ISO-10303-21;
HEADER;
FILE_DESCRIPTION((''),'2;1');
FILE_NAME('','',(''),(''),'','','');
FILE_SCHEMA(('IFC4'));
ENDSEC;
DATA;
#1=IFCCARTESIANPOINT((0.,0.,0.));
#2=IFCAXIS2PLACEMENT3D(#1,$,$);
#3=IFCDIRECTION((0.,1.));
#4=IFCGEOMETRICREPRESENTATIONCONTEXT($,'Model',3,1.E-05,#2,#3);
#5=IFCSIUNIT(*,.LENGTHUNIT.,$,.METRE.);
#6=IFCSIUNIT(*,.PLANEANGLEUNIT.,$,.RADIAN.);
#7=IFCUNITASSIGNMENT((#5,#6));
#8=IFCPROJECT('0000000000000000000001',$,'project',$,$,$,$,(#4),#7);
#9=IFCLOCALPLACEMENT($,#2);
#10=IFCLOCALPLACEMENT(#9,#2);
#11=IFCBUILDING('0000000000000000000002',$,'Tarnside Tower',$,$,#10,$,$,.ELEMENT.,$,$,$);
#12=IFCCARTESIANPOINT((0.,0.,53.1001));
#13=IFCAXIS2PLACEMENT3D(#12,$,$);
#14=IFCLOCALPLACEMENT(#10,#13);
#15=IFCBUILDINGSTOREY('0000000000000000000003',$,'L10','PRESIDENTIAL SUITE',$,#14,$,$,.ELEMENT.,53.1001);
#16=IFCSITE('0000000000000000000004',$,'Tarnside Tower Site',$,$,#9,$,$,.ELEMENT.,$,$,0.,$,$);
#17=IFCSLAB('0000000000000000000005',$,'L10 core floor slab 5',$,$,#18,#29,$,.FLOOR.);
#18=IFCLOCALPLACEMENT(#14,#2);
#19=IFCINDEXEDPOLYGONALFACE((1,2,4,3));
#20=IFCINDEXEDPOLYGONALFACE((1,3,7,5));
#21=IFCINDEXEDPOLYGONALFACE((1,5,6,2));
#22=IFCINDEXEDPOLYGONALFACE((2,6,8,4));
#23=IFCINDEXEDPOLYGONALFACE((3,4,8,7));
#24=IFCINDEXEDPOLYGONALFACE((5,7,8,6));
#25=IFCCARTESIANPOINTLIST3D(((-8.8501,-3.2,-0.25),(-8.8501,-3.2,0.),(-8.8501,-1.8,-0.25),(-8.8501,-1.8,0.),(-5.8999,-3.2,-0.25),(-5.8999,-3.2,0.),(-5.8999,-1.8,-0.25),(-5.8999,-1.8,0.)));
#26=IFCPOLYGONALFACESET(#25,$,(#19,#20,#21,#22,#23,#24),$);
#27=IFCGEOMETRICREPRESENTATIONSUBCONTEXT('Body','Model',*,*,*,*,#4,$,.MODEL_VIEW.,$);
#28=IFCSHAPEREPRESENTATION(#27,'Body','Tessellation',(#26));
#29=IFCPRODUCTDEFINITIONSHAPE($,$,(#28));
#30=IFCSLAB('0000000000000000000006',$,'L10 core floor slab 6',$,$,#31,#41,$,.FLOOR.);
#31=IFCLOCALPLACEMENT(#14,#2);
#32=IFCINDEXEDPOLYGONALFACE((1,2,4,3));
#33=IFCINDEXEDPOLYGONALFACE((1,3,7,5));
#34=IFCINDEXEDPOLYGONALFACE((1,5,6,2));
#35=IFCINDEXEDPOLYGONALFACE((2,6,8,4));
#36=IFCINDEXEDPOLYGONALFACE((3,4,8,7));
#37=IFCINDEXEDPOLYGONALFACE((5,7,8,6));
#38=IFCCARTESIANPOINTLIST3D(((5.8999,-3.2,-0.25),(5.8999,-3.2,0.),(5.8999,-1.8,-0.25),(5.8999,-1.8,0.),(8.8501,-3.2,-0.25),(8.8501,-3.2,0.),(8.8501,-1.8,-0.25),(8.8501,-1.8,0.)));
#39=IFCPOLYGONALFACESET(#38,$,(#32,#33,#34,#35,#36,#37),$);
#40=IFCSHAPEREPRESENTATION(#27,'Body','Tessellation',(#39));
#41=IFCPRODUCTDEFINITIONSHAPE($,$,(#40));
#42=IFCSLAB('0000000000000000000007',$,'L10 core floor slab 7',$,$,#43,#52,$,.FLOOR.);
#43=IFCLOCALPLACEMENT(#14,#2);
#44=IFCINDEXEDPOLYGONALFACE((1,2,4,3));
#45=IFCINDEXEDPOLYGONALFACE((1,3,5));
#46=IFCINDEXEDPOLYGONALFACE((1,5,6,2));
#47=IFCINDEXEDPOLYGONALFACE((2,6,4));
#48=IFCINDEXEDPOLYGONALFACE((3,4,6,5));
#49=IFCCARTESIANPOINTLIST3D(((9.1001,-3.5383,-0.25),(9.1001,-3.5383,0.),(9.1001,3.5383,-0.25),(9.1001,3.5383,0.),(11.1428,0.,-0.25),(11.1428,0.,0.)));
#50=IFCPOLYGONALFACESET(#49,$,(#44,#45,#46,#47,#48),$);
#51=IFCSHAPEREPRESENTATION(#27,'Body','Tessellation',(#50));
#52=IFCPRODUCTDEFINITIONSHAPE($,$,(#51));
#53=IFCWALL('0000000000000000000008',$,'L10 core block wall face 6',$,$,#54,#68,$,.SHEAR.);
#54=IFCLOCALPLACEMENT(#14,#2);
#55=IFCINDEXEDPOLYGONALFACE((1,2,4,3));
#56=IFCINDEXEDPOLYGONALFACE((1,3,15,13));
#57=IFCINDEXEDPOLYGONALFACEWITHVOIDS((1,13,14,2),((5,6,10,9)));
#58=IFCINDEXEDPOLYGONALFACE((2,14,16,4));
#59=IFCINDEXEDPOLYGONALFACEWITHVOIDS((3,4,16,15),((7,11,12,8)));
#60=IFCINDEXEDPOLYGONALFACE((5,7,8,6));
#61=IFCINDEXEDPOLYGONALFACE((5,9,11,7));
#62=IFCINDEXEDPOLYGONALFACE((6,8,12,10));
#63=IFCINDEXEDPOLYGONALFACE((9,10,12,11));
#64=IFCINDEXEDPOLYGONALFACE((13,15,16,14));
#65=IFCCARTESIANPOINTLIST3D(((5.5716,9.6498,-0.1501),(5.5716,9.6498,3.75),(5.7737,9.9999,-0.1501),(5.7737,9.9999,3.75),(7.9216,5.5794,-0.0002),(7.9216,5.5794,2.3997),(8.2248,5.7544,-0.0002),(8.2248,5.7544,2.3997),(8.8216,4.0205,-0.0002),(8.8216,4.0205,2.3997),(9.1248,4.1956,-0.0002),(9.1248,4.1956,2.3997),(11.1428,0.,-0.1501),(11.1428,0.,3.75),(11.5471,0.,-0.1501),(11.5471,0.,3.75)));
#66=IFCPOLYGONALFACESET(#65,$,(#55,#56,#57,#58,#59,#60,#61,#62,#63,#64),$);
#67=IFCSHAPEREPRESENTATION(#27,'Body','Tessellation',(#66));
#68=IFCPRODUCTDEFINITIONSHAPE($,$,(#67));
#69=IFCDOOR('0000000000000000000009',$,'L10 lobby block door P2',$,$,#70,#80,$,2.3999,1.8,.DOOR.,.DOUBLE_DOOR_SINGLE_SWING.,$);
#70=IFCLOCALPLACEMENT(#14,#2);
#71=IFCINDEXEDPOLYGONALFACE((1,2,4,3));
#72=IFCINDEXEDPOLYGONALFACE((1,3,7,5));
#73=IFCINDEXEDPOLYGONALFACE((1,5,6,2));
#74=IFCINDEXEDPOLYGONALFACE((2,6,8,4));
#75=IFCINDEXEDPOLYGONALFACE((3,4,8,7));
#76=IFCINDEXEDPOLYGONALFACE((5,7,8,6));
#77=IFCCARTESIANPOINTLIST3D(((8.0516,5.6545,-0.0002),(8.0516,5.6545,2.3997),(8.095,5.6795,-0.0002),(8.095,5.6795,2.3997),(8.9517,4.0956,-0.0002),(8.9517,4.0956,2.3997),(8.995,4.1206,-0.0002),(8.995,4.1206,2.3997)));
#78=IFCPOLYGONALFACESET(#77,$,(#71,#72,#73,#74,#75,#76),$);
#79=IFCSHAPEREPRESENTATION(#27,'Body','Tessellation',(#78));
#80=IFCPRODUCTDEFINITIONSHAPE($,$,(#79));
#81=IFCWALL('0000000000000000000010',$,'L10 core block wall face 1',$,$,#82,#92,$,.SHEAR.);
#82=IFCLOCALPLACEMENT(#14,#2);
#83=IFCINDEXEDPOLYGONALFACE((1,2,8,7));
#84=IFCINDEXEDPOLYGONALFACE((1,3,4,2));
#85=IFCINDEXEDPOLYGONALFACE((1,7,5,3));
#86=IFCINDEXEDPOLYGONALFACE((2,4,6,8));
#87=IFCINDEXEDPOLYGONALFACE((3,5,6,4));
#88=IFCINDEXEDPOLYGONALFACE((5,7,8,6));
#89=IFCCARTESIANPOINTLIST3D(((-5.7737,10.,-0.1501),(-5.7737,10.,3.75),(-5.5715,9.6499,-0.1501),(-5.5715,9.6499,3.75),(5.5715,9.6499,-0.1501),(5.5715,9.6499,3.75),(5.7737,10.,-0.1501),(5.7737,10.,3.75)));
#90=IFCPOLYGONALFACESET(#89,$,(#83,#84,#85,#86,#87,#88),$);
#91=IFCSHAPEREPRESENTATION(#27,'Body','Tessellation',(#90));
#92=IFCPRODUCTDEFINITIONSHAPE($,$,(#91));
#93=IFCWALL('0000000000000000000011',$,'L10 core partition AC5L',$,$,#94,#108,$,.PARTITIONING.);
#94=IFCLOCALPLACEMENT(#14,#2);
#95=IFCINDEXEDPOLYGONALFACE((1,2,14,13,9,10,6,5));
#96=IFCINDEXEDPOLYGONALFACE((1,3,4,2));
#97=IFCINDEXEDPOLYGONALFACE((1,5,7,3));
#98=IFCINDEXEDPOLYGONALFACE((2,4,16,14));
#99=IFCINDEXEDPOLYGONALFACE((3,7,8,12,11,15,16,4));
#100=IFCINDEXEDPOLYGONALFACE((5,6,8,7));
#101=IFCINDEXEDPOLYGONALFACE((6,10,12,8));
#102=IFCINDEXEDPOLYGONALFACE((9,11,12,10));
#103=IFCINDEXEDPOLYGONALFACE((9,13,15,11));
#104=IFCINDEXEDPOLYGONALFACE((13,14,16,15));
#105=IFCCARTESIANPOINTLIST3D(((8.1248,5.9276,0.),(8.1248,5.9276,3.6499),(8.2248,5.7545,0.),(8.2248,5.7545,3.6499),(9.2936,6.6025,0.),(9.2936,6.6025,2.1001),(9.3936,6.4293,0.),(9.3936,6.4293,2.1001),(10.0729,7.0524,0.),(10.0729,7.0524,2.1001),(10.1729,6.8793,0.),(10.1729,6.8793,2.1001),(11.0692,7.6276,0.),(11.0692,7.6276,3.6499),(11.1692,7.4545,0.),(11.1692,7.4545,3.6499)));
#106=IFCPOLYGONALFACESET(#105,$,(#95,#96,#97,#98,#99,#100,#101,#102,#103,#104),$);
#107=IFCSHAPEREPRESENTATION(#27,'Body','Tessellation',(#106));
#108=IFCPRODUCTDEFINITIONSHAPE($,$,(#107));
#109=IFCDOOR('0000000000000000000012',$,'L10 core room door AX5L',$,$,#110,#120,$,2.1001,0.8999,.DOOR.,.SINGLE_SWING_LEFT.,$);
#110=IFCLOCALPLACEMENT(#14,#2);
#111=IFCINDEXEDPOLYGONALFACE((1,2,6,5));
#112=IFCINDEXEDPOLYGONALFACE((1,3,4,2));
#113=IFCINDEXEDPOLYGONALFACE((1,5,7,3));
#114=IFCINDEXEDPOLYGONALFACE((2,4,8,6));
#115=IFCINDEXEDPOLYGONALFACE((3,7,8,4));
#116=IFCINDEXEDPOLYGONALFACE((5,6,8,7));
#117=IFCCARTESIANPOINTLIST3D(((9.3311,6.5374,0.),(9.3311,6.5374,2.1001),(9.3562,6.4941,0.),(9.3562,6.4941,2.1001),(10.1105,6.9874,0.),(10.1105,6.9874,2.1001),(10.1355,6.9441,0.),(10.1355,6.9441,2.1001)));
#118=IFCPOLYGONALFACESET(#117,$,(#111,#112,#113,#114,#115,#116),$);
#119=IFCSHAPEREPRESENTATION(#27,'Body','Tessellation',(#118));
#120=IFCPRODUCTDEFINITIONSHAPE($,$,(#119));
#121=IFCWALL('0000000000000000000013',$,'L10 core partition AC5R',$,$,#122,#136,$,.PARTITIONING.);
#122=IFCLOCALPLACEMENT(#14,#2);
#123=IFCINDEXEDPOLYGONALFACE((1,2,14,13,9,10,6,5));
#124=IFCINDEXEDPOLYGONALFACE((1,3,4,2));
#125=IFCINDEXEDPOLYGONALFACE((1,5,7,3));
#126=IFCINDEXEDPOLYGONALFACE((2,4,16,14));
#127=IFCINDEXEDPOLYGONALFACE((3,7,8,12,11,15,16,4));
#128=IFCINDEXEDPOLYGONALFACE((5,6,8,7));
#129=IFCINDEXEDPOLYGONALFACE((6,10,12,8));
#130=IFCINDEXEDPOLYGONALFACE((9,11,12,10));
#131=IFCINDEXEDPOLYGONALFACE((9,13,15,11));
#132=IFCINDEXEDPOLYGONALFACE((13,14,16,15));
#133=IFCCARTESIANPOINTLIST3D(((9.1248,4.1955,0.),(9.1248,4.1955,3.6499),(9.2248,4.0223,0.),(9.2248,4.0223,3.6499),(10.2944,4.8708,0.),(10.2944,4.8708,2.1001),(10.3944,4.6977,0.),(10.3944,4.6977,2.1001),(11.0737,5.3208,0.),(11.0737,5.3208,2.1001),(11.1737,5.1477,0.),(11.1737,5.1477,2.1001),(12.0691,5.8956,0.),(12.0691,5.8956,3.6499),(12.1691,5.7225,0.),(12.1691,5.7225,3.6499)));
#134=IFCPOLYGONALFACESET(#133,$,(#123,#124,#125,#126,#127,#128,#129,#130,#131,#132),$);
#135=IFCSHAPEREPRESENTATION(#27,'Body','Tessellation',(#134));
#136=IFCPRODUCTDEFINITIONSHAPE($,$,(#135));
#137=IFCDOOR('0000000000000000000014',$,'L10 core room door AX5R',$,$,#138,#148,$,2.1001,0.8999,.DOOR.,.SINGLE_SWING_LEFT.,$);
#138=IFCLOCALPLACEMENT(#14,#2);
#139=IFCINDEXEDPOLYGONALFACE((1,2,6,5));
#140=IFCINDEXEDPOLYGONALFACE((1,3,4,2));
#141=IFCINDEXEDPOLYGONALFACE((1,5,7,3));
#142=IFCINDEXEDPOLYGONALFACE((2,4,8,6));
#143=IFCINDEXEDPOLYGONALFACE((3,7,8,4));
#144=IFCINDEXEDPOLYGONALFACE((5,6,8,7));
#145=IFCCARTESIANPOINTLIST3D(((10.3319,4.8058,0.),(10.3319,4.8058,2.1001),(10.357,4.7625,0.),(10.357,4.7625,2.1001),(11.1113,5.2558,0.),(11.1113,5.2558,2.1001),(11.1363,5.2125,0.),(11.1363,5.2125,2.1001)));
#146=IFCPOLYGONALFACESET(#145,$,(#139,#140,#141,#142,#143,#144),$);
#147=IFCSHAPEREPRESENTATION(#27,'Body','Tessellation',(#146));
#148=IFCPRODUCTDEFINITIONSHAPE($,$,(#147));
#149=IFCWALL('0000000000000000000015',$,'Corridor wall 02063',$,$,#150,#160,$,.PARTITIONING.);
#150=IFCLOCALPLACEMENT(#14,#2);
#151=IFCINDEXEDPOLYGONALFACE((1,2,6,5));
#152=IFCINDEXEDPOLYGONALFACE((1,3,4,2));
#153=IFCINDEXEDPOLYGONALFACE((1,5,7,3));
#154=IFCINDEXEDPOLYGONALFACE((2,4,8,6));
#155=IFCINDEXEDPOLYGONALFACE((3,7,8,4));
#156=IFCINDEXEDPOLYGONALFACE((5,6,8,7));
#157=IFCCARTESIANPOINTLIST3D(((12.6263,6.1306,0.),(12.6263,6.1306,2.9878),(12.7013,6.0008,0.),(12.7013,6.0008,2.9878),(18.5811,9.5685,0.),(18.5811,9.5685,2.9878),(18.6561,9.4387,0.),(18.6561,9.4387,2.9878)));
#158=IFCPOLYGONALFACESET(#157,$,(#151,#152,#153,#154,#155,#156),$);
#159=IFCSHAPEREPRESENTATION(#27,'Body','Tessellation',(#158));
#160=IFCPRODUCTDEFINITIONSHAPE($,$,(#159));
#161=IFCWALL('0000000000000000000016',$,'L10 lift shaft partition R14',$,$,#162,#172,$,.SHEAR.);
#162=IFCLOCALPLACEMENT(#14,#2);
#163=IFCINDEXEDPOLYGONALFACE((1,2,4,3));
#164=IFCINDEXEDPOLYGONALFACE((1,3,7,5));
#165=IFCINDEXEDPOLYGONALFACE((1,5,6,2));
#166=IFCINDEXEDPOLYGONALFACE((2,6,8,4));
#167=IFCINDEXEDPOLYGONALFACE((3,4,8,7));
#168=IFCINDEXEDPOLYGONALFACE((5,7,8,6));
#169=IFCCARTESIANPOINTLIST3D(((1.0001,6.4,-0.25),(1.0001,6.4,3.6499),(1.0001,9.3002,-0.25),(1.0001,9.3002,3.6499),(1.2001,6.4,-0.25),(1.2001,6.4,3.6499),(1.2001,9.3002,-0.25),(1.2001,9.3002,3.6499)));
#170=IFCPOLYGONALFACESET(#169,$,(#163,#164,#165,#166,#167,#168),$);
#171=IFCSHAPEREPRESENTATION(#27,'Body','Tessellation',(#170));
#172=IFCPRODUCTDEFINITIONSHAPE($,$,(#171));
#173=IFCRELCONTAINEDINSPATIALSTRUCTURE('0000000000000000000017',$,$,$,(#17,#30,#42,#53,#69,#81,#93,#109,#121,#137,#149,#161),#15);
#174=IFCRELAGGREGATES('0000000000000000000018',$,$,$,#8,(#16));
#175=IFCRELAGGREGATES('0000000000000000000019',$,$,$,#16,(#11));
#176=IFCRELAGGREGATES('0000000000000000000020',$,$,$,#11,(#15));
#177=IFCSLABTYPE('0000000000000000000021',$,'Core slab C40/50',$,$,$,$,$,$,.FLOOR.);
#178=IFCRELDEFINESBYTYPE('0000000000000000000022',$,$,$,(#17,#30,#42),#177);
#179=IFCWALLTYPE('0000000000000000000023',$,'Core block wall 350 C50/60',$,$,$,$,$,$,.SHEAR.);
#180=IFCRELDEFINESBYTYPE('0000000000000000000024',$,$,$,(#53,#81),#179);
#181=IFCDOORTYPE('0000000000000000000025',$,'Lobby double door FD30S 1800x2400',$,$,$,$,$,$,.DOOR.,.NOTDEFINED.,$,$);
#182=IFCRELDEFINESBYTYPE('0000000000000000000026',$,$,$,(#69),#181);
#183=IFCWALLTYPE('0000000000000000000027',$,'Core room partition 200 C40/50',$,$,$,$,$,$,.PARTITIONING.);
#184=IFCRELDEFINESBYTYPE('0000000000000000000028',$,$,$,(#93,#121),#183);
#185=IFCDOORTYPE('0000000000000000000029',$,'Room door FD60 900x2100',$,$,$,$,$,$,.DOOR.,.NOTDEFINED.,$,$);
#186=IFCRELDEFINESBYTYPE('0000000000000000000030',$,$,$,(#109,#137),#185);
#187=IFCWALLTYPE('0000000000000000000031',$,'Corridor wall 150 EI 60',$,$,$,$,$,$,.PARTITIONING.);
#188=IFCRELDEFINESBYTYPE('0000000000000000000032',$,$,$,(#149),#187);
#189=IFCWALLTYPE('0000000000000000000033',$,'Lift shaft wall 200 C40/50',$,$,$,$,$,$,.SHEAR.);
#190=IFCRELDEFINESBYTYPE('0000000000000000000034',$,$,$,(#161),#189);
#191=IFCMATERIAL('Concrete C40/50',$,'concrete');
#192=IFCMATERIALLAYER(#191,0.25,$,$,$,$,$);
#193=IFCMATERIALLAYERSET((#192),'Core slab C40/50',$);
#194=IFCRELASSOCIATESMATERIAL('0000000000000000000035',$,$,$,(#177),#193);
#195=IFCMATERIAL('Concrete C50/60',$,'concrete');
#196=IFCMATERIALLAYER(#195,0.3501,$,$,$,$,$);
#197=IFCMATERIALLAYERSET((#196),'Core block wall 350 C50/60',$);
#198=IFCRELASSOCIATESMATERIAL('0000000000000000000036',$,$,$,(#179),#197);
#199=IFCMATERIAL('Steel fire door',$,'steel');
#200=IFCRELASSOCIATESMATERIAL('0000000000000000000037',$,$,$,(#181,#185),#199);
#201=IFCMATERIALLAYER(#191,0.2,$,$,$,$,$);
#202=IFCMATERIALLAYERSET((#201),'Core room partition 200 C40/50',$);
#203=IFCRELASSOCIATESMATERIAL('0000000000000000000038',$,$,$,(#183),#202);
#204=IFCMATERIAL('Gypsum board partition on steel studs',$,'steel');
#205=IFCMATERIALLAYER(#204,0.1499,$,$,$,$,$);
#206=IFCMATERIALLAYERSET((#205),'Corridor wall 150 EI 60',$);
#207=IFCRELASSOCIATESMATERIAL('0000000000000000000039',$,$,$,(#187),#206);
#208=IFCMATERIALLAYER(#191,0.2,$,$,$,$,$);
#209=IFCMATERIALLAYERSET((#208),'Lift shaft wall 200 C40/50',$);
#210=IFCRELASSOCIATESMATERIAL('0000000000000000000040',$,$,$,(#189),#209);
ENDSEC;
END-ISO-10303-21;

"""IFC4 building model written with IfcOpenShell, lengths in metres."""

from ifc_helpers import new_model, si_unit, direction, frame, frame_2d, origin, place, context, subcontext, project, spatial, polyline, rectangle, outline, extrude, material, layer, layer_set, type_object, element, fill, save


model = new_model("IFC4")

# Units and contexts
model_context = context("Model", 3, precision=1e-05, world=origin(), true_north=direction((0.0, 1.0)))
body_context = subcontext(model_context, "Body", "Model", "MODEL_VIEW")
ifc_project = project(units=[si_unit("LENGTHUNIT", "METRE"), si_unit("PLANEANGLEUNIT", "RADIAN")], contexts=[model_context])

# Site, building, storey
site_placement = place(None, origin())
site = spatial("IfcSite", under=ifc_project, at=site_placement, Name="Tarnside Tower Site", CompositionType="ELEMENT", RefElevation=0.0)
building_placement = place(site_placement, origin())
building = spatial("IfcBuilding", under=site, at=building_placement, Name="Tarnside Tower", CompositionType="ELEMENT")
storey_placement = place(building_placement, frame((0.0, 0.0, 53.1001)))
storey = spatial("IfcBuildingStorey", under=building, at=storey_placement, Name="L10", Description="PRESIDENTIAL SUITE", CompositionType="ELEMENT", Elevation=53.1001)

# Slabs
ifc_material_1 = material(Name="Concrete C40/50", Category="concrete")
ifc_layer_1 = layer(ifc_material_1, 0.25)
ifc_layer_set_1 = layer_set([ifc_layer_1], Name="Core slab C40/50")
slab_type = type_object("IfcSlabType", Name="Core slab C40/50", PredefinedType="FLOOR", material=ifc_layer_set_1)
slab_1_placement = place(storey_placement, frame((0.0, 0.0, -0.25)))
element("IfcSlab", 1, at=slab_1_placement, inside=storey, type_object=slab_type, Name="L10 core floor slab 5", PredefinedType="FLOOR", context=body_context, shape_type="SweptSolid", body=[
    extrude(outline(polyline([(-8.8501, -1.8), (-5.8999, -1.8), (-5.8999, -3.2), (-8.8501, -3.2), (-8.8501, -1.8)])), origin(), (0.0, 0.0, 1.0), 0.25),
])
slab_2_placement = place(storey_placement, frame((0.0, 0.0, -0.25)))
element("IfcSlab", 2, at=slab_2_placement, inside=storey, type_object=slab_type, Name="L10 core floor slab 6", PredefinedType="FLOOR", context=body_context, shape_type="SweptSolid", body=[
    extrude(outline(polyline([(5.8999, -3.2), (5.8999, -1.8), (8.8501, -1.8), (8.8501, -3.2), (5.8999, -3.2)])), origin(), (0.0, 0.0, 1.0), 0.25),
])
slab_3_placement = place(storey_placement, frame((0.0, 0.0, -0.25)))
element("IfcSlab", 3, at=slab_3_placement, inside=storey, type_object=slab_type, Name="L10 core floor slab 7", PredefinedType="FLOOR", context=body_context, shape_type="SweptSolid", body=[
    extrude(outline(polyline([(9.1001, -3.5383), (9.1001, 3.5383), (11.1428, 0.0), (9.1001, -3.5383)])), origin(), (0.0, 0.0, 1.0), 0.25),
])

# Wall, opening, door
ifc_material_2 = material(Name="Concrete C50/60", Category="concrete")
ifc_layer_2 = layer(ifc_material_2, 0.3501)
ifc_layer_set_2 = layer_set([ifc_layer_2], Name="Core block wall 350 C50/60")
wall_type_1 = type_object("IfcWallType", Name="Core block wall 350 C50/60", PredefinedType="SHEAR", material=ifc_layer_set_2)
wall_1_placement = place(storey_placement, frame((11.345, 0.0, -0.1501), z_axis=(0.0, 0.0, 1.0), x_axis=(-0.499995, 0.866028, 0.0)))
wall_1 = element("IfcWall", 4, at=wall_1_placement, inside=storey, type_object=wall_type_1, Name="L10 core block wall face 6", PredefinedType="SHEAR", context=body_context, shape_type="SweptSolid", body=[
    extrude(outline(polyline([(-0.1011, -0.175), (11.4458, -0.175), (11.2437, 0.175), (0.1011, 0.175), (-0.1011, -0.175)])), origin(), (0.0, 0.0, 1.0), 3.9001),
])
opening_1_placement = place(wall_1_placement, frame((4.7437, 0.0, 0.1499)))
opening_1 = element("IfcOpeningElement", 5, at=opening_1_placement, cuts=wall_1, PredefinedType="OPENING", context=body_context, shape_type="SweptSolid", body=[
    extrude(rectangle(XDim=1.8, YDim=2.3999, at=frame_2d((0.8999, 1.2))), frame((0.0, 0.1851, 0.0), z_axis=(0.0, -1.0, 0.0), x_axis=(1.0, 0.0, 0.0)), (0.0, 0.0, 1.0), 0.3701),
])
ifc_material_3 = material(Name="Steel fire door", Category="steel")
door_type_1 = type_object("IfcDoorType", Name="Lobby double door FD30S 1800x2400", OperationType="NOTDEFINED", PredefinedType="DOOR", material=ifc_material_3)
door_1_placement = place(opening_1_placement, origin())
door_1 = element("IfcDoor", 6, at=door_1_placement, inside=storey, type_object=door_type_1, Name="L10 lobby block door P2", OperationType="DOUBLE_DOOR_SINGLE_SWING", OverallHeight=2.3999, OverallWidth=1.8, PredefinedType="DOOR", context=body_context, shape_type="SweptSolid", body=[
    extrude(rectangle(XDim=1.8, YDim=2.3999, at=frame_2d((0.8999, 1.2))), frame((0.0, 0.0249, 0.0), z_axis=(0.0, -1.0, 0.0), x_axis=(1.0, 0.0, 0.0)), (0.0, 0.0, 1.0), 0.05),
])
fill(opening_1, door_1)

# Wall
wall_2_placement = place(storey_placement, frame((5.6726, 9.825, -0.1501), z_axis=(0.0, 0.0, 1.0), x_axis=(-1.0, 0.0, 0.0)))
element("IfcWall", 7, at=wall_2_placement, inside=storey, type_object=wall_type_1, Name="L10 core block wall face 1", PredefinedType="SHEAR", context=body_context, shape_type="SweptSolid", body=[
    extrude(outline(polyline([(-0.1011, -0.175), (11.4463, -0.175), (11.2441, 0.175), (0.1011, 0.175), (-0.1011, -0.175)])), origin(), (0.0, 0.0, 1.0), 3.9001),
])

# Walls, openings, doors
ifc_layer_3 = layer(ifc_material_1, 0.2)
ifc_layer_set_3 = layer_set([ifc_layer_3], Name="Core room partition 200 C40/50")
wall_type_2 = type_object("IfcWallType", Name="Core room partition 200 C40/50", PredefinedType="PARTITIONING", material=ifc_layer_set_3)
wall_3_placement = place(storey_placement, frame((8.1748, 5.8411, 0.0), z_axis=(0.0, 0.0, 1.0), x_axis=(0.866021, 0.500008, 0.0)))
wall_3 = element("IfcWall", 8, at=wall_3_placement, inside=storey, type_object=wall_type_2, Name="L10 core partition AC5L", PredefinedType="PARTITIONING", context=body_context, shape_type="SweptSolid", body=[
    extrude(rectangle(XDim=3.3999, YDim=0.2, at=frame_2d((1.7, 0.0))), origin(), (0.0, 0.0, 1.0), 3.6499),
])
opening_2_placement = place(wall_3_placement, frame((1.3496, 0.0, 0.0)))
opening_2 = element("IfcOpeningElement", 9, at=opening_2_placement, cuts=wall_3, PredefinedType="OPENING", context=body_context, shape_type="SweptSolid", body=[
    extrude(rectangle(XDim=0.8999, YDim=2.1001, at=frame_2d((0.45, 1.05))), frame((0.0, 0.1099, 0.0), z_axis=(0.0, -1.0, 0.0), x_axis=(1.0, 0.0, 0.0)), (0.0, 0.0, 1.0), 0.22),
])
door_type_2 = type_object("IfcDoorType", Name="Room door FD60 900x2100", OperationType="NOTDEFINED", PredefinedType="DOOR", material=ifc_material_3)
door_2_placement = place(opening_2_placement, origin())
door_2 = element("IfcDoor", 10, at=door_2_placement, inside=storey, type_object=door_type_2, Name="L10 core room door AX5L", OperationType="SINGLE_SWING_LEFT", OverallHeight=2.1001, OverallWidth=0.8999, PredefinedType="DOOR", context=body_context, shape_type="SweptSolid", body=[
    extrude(rectangle(XDim=0.8999, YDim=2.1001, at=frame_2d((0.45, 1.05))), frame((0.0, 0.0249, 0.0), z_axis=(0.0, -1.0, 0.0), x_axis=(1.0, 0.0, 0.0)), (0.0, 0.0, 1.0), 0.05),
])
fill(opening_2, door_2)
wall_4_placement = place(storey_placement, frame((9.1748, 4.1089, 0.0), z_axis=(0.0, 0.0, 1.0), x_axis=(0.865989, 0.500062, 0.0)))
wall_4 = element("IfcWall", 11, at=wall_4_placement, inside=storey, type_object=wall_type_2, Name="L10 core partition AC5R", PredefinedType="PARTITIONING", context=body_context, shape_type="SweptSolid", body=[
    extrude(rectangle(XDim=3.3999, YDim=0.2, at=frame_2d((1.7, 0.0))), origin(), (0.0, 0.0, 1.0), 3.6499),
])
opening_3_placement = place(wall_4_placement, frame((1.3506, 0.0, 0.0)))
opening_3 = element("IfcOpeningElement", 12, at=opening_3_placement, cuts=wall_4, PredefinedType="OPENING", context=body_context, shape_type="SweptSolid", body=[
    extrude(rectangle(XDim=0.8999, YDim=2.1001, at=frame_2d((0.45, 1.05))), frame((0.0, 0.1099, 0.0), z_axis=(0.0, -1.0, 0.0), x_axis=(1.0, 0.0, 0.0)), (0.0, 0.0, 1.0), 0.22),
])
door_3_placement = place(opening_3_placement, origin())
door_3 = element("IfcDoor", 13, at=door_3_placement, inside=storey, type_object=door_type_2, Name="L10 core room door AX5R", OperationType="SINGLE_SWING_LEFT", OverallHeight=2.1001, OverallWidth=0.8999, PredefinedType="DOOR", context=body_context, shape_type="SweptSolid", body=[
    extrude(rectangle(XDim=0.8999, YDim=2.1001, at=frame_2d((0.45, 1.05))), frame((0.0, 0.0249, 0.0), z_axis=(0.0, -1.0, 0.0), x_axis=(1.0, 0.0, 0.0)), (0.0, 0.0, 1.0), 0.05),
])
fill(opening_3, door_3)

# Walls
ifc_material_4 = material(Name="Gypsum board partition on steel studs", Category="steel")
ifc_layer_4 = layer(ifc_material_4, 0.1499)
ifc_layer_set_4 = layer_set([ifc_layer_4], Name="Corridor wall 150 EI 60")
wall_type_3 = type_object("IfcWallType", Name="Corridor wall 150 EI 60", PredefinedType="PARTITIONING", material=ifc_layer_set_4)
wall_5_placement = place(storey_placement, frame((12.6638, 6.0657, 0.0), z_axis=(0.0, 0.0, 1.0), x_axis=(0.866028, 0.499996, 0.0)))
element("IfcWall", 14, at=wall_5_placement, inside=storey, type_object=wall_type_3, Name="Corridor wall 02063", PredefinedType="PARTITIONING", context=body_context, shape_type="SweptSolid", body=[
    extrude(rectangle(XDim=6.876, YDim=0.1499, at=frame_2d((3.438, 0.0))), origin(), (0.0, 0.0, 1.0), 2.9878),
])
ifc_layer_5 = layer(ifc_material_1, 0.2)
ifc_layer_set_5 = layer_set([ifc_layer_5], Name="Lift shaft wall 200 C40/50")
wall_type_4 = type_object("IfcWallType", Name="Lift shaft wall 200 C40/50", PredefinedType="SHEAR", material=ifc_layer_set_5)
for number, where, z_axis, x_axis, name in (
    (15, (1.1001, 6.3999, -0.25), (0.0, 0.0, 1.0), (0.0, 1.0, 0.0), "L10 lift shaft partition R14"),
):
    element("IfcWall", number, at=place(storey_placement, frame(where, z_axis=z_axis, x_axis=x_axis)), inside=storey, type_object=wall_type_4, Name=name, PredefinedType="SHEAR", context=body_context, shape_type="SweptSolid", body=[
        extrude(rectangle(XDim=2.9001, YDim=0.2, at=frame_2d((1.4502, 0.0))), origin(), (0.0, 0.0, 1.0), 3.8999),
    ])

save(model, "model.ifc")
